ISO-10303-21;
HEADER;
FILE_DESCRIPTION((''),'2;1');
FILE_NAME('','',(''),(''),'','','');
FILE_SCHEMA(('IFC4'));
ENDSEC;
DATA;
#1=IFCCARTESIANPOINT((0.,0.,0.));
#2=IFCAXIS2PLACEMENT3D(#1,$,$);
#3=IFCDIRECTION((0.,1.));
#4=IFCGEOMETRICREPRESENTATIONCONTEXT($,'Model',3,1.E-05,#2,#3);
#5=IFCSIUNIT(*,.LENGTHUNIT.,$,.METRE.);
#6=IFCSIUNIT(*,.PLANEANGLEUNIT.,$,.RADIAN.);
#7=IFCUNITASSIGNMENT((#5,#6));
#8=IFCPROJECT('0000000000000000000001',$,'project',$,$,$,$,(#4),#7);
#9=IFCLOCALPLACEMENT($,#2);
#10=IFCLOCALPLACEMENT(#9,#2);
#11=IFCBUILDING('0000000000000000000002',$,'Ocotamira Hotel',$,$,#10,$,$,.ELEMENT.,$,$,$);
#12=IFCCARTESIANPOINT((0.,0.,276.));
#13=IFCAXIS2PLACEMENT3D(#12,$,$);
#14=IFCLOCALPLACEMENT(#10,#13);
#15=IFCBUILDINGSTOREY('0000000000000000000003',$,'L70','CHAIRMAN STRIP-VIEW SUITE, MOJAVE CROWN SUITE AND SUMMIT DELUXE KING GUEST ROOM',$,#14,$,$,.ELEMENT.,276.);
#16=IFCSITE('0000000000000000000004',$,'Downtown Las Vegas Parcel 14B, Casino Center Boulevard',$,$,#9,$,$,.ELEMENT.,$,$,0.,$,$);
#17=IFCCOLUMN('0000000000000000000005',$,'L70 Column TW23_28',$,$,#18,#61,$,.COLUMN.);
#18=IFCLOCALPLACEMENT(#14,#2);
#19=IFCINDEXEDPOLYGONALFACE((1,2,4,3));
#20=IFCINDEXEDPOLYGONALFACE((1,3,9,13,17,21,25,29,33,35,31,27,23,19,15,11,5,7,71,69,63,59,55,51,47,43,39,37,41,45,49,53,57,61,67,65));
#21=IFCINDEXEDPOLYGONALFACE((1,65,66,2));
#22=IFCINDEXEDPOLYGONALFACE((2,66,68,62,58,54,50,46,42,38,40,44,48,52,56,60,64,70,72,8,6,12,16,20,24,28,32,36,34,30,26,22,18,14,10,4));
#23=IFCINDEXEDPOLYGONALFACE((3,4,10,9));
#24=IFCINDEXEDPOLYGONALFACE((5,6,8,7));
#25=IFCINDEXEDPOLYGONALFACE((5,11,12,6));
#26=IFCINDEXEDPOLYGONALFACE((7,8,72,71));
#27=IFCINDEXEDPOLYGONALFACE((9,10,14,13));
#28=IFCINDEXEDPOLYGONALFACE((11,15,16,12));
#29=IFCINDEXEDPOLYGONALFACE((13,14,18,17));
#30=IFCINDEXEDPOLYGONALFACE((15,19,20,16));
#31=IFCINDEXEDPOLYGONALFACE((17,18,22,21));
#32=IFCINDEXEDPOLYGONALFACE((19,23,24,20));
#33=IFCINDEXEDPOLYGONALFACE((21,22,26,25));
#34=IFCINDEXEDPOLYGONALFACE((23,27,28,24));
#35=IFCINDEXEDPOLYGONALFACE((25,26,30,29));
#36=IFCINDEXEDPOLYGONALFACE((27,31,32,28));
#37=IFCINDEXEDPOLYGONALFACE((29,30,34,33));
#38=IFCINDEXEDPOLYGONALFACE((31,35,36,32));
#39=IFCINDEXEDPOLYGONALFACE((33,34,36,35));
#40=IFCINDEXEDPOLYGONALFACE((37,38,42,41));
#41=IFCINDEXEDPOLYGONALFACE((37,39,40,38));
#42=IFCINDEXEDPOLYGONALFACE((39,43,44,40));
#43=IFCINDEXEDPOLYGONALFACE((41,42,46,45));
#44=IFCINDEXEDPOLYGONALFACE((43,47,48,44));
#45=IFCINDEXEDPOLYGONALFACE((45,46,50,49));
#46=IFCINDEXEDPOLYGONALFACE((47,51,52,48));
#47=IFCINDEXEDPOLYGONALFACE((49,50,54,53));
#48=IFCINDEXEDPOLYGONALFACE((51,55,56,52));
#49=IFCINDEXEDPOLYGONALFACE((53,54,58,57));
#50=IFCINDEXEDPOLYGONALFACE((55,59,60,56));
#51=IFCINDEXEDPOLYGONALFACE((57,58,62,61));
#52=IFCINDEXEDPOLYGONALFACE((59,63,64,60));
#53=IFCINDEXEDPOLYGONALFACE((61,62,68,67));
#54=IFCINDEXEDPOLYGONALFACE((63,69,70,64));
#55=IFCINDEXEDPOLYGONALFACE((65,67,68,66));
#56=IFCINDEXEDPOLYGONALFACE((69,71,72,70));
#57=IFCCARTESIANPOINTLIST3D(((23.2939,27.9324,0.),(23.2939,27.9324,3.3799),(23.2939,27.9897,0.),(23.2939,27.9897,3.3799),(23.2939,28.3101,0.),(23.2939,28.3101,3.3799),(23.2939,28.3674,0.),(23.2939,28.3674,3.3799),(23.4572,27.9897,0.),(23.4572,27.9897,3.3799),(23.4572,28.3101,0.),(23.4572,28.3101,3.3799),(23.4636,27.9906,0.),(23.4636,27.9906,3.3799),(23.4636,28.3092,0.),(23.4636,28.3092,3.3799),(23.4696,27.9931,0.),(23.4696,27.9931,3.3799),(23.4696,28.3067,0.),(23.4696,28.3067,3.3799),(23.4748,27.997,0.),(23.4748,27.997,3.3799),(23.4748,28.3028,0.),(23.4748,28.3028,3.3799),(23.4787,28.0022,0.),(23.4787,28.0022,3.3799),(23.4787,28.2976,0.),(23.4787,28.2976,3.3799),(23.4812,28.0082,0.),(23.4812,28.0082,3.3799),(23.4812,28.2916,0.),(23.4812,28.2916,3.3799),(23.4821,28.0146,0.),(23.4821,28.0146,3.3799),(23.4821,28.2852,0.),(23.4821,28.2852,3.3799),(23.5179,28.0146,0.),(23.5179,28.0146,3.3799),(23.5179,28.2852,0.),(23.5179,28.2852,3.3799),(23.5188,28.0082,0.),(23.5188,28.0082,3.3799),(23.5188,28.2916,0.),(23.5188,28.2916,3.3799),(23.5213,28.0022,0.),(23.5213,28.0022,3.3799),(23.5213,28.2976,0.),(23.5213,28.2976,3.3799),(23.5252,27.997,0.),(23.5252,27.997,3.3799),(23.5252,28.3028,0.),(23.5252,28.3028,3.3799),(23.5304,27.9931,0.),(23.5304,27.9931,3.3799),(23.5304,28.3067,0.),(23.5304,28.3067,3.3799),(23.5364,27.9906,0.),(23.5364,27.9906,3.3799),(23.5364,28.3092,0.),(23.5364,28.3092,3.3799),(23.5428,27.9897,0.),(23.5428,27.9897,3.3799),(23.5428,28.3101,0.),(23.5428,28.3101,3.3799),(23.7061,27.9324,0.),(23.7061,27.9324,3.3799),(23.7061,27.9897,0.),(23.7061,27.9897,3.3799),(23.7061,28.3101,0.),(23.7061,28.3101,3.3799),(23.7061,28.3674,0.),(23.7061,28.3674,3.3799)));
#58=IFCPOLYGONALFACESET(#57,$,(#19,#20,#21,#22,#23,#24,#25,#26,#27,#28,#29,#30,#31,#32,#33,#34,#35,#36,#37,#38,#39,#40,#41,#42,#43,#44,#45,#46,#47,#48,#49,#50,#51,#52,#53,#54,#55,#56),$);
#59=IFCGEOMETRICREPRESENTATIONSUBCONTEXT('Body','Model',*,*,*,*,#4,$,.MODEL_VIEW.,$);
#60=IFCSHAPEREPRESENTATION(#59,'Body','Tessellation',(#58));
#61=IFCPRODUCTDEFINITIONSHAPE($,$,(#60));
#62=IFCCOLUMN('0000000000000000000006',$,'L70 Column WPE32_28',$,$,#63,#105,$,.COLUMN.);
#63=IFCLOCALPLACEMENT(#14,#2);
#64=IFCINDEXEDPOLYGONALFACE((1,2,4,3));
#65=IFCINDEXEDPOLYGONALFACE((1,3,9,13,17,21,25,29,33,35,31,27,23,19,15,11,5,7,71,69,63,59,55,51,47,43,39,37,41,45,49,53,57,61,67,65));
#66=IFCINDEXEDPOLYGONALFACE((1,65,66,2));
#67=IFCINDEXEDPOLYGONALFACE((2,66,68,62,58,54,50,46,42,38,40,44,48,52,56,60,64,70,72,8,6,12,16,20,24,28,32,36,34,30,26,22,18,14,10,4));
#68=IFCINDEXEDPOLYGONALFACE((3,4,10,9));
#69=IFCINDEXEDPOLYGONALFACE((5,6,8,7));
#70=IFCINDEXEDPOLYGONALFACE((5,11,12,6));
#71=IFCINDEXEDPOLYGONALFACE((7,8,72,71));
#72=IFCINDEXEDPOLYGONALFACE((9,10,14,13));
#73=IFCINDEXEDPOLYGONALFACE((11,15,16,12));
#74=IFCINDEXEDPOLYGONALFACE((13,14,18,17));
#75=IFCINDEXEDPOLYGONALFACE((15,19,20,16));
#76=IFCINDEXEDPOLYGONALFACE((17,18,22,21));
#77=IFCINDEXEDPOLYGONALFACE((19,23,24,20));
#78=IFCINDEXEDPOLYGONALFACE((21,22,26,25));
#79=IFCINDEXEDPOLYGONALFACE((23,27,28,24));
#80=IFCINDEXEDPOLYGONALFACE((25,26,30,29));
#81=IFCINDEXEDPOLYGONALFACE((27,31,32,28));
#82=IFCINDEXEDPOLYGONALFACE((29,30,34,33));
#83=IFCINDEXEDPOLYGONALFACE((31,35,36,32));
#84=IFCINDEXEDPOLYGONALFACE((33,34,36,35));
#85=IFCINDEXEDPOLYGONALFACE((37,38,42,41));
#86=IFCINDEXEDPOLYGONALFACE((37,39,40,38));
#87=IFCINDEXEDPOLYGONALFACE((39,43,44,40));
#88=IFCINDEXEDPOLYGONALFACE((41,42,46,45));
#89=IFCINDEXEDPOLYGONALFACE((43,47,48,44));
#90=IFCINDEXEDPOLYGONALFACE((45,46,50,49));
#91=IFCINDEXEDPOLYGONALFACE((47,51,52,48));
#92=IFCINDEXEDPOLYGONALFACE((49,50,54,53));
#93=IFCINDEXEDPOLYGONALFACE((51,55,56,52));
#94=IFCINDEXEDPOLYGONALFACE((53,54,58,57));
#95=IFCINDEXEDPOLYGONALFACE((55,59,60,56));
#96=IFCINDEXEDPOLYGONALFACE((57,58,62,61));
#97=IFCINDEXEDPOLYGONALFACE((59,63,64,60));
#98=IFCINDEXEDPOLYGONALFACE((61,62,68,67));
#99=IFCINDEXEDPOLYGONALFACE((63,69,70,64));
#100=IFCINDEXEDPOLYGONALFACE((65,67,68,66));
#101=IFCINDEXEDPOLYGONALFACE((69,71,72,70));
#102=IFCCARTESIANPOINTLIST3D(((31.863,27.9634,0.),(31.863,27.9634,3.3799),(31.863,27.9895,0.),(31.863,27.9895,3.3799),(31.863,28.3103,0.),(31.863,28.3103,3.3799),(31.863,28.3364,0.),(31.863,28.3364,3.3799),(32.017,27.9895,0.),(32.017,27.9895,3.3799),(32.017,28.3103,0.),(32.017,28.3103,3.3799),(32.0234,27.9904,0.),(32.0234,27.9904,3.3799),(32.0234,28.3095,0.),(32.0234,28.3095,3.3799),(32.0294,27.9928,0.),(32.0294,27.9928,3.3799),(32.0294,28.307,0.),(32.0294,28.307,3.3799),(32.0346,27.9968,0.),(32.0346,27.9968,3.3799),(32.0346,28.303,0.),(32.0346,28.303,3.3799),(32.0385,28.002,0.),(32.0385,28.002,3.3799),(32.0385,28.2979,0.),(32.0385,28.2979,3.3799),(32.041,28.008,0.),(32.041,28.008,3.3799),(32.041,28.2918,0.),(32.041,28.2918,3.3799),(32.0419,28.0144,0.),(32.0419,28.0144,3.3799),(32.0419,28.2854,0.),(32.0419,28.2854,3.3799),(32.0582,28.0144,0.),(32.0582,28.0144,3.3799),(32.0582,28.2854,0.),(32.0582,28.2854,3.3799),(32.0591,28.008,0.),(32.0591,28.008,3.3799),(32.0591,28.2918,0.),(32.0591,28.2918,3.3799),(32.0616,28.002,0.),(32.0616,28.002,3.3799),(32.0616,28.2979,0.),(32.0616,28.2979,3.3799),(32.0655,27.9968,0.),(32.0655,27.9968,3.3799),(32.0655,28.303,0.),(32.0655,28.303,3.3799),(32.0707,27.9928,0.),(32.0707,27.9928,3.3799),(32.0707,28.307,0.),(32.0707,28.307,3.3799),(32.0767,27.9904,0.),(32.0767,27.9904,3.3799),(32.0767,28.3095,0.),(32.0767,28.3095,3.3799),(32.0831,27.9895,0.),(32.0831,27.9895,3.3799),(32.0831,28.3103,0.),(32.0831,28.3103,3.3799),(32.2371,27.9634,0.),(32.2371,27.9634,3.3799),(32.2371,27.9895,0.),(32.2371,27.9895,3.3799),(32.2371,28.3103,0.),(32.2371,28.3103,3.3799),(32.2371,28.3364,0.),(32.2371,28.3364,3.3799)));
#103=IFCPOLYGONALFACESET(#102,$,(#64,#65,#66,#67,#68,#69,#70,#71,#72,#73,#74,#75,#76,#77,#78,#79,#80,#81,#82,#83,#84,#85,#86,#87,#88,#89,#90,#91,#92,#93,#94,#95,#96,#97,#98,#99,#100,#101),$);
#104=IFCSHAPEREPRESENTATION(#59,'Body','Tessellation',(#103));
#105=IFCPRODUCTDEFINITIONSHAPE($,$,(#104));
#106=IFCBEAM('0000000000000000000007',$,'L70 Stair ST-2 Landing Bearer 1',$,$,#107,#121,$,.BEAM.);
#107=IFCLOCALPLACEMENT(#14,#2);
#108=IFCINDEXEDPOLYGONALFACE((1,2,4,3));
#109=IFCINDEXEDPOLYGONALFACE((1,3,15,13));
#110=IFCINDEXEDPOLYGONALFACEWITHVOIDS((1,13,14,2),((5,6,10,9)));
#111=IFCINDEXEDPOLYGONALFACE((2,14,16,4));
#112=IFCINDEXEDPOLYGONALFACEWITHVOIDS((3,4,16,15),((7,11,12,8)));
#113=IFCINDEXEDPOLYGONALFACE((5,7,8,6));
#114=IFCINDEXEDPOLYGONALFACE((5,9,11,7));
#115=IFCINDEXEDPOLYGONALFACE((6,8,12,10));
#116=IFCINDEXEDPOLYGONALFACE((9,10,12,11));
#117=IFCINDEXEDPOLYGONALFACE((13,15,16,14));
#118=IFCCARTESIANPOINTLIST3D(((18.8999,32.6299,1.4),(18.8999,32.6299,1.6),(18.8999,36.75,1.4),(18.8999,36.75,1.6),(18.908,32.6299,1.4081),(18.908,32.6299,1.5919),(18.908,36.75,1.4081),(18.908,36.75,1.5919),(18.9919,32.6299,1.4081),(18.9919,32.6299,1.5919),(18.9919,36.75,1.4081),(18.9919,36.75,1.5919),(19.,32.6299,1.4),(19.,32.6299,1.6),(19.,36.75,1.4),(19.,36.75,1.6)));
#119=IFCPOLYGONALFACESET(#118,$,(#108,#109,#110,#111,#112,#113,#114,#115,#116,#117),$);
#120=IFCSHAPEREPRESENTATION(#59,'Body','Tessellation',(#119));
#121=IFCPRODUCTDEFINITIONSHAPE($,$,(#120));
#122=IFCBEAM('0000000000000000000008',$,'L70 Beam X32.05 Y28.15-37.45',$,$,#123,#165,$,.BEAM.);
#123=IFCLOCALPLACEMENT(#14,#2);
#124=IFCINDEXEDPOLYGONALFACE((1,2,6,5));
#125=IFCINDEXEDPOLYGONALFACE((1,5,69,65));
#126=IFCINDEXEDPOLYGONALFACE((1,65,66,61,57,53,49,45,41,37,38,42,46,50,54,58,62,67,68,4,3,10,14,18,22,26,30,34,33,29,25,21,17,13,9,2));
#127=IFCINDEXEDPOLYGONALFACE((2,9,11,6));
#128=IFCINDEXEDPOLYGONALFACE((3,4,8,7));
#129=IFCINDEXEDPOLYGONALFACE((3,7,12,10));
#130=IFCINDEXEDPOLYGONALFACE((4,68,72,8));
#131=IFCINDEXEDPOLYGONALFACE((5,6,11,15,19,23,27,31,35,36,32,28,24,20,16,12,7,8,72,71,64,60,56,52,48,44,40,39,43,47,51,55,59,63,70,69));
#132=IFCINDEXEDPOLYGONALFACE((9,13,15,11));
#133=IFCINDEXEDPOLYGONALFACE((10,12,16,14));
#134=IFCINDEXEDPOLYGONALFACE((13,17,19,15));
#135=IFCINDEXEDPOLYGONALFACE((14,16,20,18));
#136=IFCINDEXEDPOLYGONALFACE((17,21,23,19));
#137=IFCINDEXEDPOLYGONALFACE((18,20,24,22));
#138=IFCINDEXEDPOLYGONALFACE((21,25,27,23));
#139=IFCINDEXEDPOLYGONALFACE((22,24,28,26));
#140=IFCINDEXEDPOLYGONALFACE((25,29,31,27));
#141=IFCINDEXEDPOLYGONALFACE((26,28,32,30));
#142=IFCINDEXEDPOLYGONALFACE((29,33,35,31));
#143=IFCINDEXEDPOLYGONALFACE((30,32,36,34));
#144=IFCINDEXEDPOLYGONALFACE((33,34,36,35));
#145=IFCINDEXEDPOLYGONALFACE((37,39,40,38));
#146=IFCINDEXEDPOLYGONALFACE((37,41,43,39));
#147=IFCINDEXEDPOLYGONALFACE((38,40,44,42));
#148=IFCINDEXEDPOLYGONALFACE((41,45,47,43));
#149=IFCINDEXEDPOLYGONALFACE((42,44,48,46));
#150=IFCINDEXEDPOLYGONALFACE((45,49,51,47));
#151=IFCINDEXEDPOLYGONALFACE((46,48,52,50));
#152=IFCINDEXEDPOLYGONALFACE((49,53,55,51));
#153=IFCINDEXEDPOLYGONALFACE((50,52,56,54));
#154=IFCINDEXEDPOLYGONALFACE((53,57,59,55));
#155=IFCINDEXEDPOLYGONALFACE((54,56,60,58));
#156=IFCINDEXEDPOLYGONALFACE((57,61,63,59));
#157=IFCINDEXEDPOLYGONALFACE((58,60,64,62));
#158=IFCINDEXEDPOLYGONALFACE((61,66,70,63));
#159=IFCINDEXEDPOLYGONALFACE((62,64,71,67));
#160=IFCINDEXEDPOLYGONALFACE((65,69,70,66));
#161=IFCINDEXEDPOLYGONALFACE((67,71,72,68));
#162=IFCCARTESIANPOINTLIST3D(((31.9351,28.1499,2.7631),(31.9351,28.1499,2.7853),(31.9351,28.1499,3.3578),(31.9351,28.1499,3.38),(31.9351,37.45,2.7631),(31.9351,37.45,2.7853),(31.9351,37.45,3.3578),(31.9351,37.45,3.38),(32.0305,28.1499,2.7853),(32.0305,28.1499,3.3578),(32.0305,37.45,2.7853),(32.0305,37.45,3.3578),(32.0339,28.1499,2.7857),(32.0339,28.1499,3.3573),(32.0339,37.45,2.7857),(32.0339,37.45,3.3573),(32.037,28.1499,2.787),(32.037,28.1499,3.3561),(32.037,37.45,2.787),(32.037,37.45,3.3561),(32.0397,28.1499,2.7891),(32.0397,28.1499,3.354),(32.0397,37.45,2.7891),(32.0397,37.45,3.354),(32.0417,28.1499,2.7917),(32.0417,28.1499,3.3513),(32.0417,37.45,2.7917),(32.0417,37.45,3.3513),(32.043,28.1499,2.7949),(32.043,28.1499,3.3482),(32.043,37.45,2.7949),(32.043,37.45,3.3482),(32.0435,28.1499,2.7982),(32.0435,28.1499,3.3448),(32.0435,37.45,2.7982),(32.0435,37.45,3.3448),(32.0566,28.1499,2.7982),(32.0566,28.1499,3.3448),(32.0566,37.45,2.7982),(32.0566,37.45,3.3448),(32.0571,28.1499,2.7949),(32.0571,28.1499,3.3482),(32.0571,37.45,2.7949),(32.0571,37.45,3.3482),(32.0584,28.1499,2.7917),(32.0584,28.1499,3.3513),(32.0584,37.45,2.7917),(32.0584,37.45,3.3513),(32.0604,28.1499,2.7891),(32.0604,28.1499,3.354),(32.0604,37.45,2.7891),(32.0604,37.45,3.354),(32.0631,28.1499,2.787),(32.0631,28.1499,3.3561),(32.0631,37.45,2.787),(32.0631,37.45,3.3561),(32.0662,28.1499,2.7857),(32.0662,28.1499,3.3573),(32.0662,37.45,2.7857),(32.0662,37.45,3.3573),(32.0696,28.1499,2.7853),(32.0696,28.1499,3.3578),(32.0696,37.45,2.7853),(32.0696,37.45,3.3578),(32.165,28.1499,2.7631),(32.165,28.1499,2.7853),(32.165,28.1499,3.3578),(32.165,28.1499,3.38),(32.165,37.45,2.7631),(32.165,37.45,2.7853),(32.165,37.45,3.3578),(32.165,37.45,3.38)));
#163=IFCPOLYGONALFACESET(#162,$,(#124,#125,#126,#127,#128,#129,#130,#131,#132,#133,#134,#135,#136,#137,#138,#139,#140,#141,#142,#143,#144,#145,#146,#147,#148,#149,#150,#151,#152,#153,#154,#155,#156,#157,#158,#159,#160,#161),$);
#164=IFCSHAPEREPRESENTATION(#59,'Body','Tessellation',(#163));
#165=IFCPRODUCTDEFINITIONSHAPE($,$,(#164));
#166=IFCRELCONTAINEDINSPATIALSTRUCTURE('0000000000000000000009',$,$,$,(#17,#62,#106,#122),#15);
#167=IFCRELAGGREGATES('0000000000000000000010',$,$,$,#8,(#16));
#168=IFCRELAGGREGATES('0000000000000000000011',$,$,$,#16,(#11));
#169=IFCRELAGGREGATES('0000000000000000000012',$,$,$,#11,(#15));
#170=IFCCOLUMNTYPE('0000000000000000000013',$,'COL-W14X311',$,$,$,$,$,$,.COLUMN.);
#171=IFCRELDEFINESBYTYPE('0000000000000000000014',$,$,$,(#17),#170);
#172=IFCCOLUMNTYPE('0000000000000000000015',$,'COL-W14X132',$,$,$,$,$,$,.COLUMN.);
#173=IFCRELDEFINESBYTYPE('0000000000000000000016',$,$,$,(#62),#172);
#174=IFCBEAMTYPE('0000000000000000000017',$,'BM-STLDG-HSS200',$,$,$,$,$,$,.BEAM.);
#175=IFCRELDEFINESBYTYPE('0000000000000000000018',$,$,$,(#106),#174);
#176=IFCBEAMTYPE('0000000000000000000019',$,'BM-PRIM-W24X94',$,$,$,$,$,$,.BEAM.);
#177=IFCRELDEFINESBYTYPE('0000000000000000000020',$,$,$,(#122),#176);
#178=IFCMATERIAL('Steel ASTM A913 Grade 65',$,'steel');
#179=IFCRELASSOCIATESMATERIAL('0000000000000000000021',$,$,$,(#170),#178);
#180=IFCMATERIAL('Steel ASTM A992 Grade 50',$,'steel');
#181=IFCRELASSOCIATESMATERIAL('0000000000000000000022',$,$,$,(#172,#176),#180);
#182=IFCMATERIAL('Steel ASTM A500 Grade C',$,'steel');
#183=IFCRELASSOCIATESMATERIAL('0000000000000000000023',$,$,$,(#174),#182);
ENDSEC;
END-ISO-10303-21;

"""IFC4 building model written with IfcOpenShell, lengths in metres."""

from ifc_helpers import new_model, si_unit, direction, frame, origin, origin_2d, place, context, subcontext, project, spatial, hollow_rectangle, i_section, extrude, source, transform, mapped, material, material_profile, profile_set, type_object, element, save


model = new_model("IFC4")

# Units and contexts
model_context = context("Model", 3, precision=1e-05, world=origin(), true_north=direction((0.0, 1.0)))
body_context = subcontext(model_context, "Body", "Model", "MODEL_VIEW")
ifc_project = project(units=[si_unit("LENGTHUNIT", "METRE"), si_unit("PLANEANGLEUNIT", "RADIAN")], contexts=[model_context])

# Site, building, storey
site_placement = place(None, origin())
site = spatial("IfcSite", under=ifc_project, at=site_placement, Name="Downtown Las Vegas Parcel 14B, Casino Center Boulevard", CompositionType="ELEMENT", RefElevation=0.0)
building_placement = place(site_placement, origin())
building = spatial("IfcBuilding", under=site, at=building_placement, Name="Ocotamira Hotel", CompositionType="ELEMENT")
storey_placement = place(building_placement, frame((0.0, 0.0, 276.0)))
storey = spatial("IfcBuildingStorey", under=building, at=storey_placement, Name="L70", Description="CHAIRMAN STRIP-VIEW SUITE, MOJAVE CROWN SUITE AND SUMMIT DELUXE KING GUEST ROOM", CompositionType="ELEMENT", Elevation=276.0)

# Columns
ifc_material_1 = material(Name="Steel ASTM A913 Grade 65", Category="steel")
ifc_material_profile_1 = material_profile(ifc_material_1, i_section(OverallWidth=0.4121, OverallDepth=0.4351, WebThickness=0.0359, FlangeThickness=0.0574, FilletRadius=0.0249, at=origin_2d()), Name="W14X311")
ifc_profile_set_1 = profile_set([ifc_material_profile_1], Name="Steel ASTM A913 Grade 65")
column_type_1 = type_object("IfcColumnType", Name="COL-W14X311", PredefinedType="COLUMN", material=ifc_profile_set_1)
shared_shape_1 = source(origin(), body_context, "Body", "SweptSolid", [
    extrude(i_section(OverallWidth=0.4121, OverallDepth=0.4351, WebThickness=0.0359, FlangeThickness=0.0574, FilletRadius=0.0249, at=origin_2d()), origin(), (0.0, 0.0, 1.0), 3.3799),
])
column_1_placement = place(storey_placement, frame((23.5, 28.1499, 0.0), z_axis=(0.0, 0.0, 1.0), x_axis=(1.0, 0.0, 0.0)))
element("IfcColumn", 1, at=column_1_placement, inside=storey, type_object=column_type_1, Name="L70 Column TW23_28", PredefinedType="COLUMN", context=body_context, shape_type="MappedRepresentation", body=[
    mapped(shared_shape_1, transform((0.0, 0.0, 0.0), scale=1.0)),
])
ifc_material_2 = material(Name="Steel ASTM A992 Grade 50", Category="steel")
ifc_material_profile_2 = material_profile(ifc_material_2, i_section(OverallWidth=0.374, OverallDepth=0.373, WebThickness=0.0164, FlangeThickness=0.0261, FilletRadius=0.0249, at=origin_2d()), Name="W14X132")
ifc_profile_set_2 = profile_set([ifc_material_profile_2], Name="Steel ASTM A992 Grade 50")
column_type_2 = type_object("IfcColumnType", Name="COL-W14X132", PredefinedType="COLUMN", material=ifc_profile_set_2)
shared_shape_2 = source(origin(), body_context, "Body", "SweptSolid", [
    extrude(i_section(OverallWidth=0.374, OverallDepth=0.373, WebThickness=0.0164, FlangeThickness=0.0261, FilletRadius=0.0249, at=origin_2d()), origin(), (0.0, 0.0, 1.0), 3.3799),
])
column_2_placement = place(storey_placement, frame((32.05, 28.1499, 0.0), z_axis=(0.0, 0.0, 1.0), x_axis=(1.0, 0.0, 0.0)))
element("IfcColumn", 2, at=column_2_placement, inside=storey, type_object=column_type_2, Name="L70 Column WPE32_28", PredefinedType="COLUMN", context=body_context, shape_type="MappedRepresentation", body=[
    mapped(shared_shape_2, transform((0.0, 0.0, 0.0), scale=1.0)),
])

# Beams
ifc_material_3 = material(Name="Steel ASTM A500 Grade C", Category="steel")
ifc_material_profile_3 = material_profile(ifc_material_3, hollow_rectangle(XDim=0.1001, YDim=0.2, WallThickness=0.0081, at=origin_2d()), Name="HSS200X100X8")
ifc_profile_set_3 = profile_set([ifc_material_profile_3], Name="Steel ASTM A500 Grade C")
beam_type_1 = type_object("IfcBeamType", Name="BM-STLDG-HSS200", PredefinedType="BEAM", material=ifc_profile_set_3)
shared_shape_3 = source(origin(), body_context, "Body", "SweptSolid", [
    extrude(hollow_rectangle(XDim=0.1001, YDim=0.2, WallThickness=0.0081, at=origin_2d()), origin(), (0.0, 0.0, 1.0), 4.1201),
])
beam_1_placement = place(storey_placement, frame((18.95, 32.6299, 1.5), z_axis=(0.0, 1.0, 0.0), x_axis=(-1.0, 0.0, 0.0)))
element("IfcBeam", 3, at=beam_1_placement, inside=storey, type_object=beam_type_1, Name="L70 Stair ST-2 Landing Bearer 1", PredefinedType="BEAM", context=body_context, shape_type="MappedRepresentation", body=[
    mapped(shared_shape_3, transform((0.0, 0.0, 0.0), scale=1.0)),
])
ifc_material_profile_4 = material_profile(ifc_material_2, i_section(OverallWidth=0.23, OverallDepth=0.6169, WebThickness=0.0132, FlangeThickness=0.0222, FilletRadius=0.0129, at=origin_2d()), Name="W24X94")
ifc_profile_set_4 = profile_set([ifc_material_profile_4], Name="Steel ASTM A992 Grade 50")
beam_type_2 = type_object("IfcBeamType", Name="BM-PRIM-W24X94", PredefinedType="BEAM", material=ifc_profile_set_4)
shared_shape_4 = source(origin(), body_context, "Body", "SweptSolid", [
    extrude(i_section(OverallWidth=0.23, OverallDepth=0.6169, WebThickness=0.0132, FlangeThickness=0.0222, FilletRadius=0.0129, at=origin_2d()), origin(), (0.0, 0.0, 1.0), 9.3),
])
beam_2_placement = place(storey_placement, frame((32.05, 28.1499, 3.0715), z_axis=(0.0, 1.0, 0.0), x_axis=(-1.0, 0.0, 0.0)))
element("IfcBeam", 4, at=beam_2_placement, inside=storey, type_object=beam_type_2, Name="L70 Beam X32.05 Y28.15-37.45", PredefinedType="BEAM", context=body_context, shape_type="MappedRepresentation", body=[
    mapped(shared_shape_4, transform((0.0, 0.0, 0.0), scale=1.0)),
])

save(model, "model.ifc")
